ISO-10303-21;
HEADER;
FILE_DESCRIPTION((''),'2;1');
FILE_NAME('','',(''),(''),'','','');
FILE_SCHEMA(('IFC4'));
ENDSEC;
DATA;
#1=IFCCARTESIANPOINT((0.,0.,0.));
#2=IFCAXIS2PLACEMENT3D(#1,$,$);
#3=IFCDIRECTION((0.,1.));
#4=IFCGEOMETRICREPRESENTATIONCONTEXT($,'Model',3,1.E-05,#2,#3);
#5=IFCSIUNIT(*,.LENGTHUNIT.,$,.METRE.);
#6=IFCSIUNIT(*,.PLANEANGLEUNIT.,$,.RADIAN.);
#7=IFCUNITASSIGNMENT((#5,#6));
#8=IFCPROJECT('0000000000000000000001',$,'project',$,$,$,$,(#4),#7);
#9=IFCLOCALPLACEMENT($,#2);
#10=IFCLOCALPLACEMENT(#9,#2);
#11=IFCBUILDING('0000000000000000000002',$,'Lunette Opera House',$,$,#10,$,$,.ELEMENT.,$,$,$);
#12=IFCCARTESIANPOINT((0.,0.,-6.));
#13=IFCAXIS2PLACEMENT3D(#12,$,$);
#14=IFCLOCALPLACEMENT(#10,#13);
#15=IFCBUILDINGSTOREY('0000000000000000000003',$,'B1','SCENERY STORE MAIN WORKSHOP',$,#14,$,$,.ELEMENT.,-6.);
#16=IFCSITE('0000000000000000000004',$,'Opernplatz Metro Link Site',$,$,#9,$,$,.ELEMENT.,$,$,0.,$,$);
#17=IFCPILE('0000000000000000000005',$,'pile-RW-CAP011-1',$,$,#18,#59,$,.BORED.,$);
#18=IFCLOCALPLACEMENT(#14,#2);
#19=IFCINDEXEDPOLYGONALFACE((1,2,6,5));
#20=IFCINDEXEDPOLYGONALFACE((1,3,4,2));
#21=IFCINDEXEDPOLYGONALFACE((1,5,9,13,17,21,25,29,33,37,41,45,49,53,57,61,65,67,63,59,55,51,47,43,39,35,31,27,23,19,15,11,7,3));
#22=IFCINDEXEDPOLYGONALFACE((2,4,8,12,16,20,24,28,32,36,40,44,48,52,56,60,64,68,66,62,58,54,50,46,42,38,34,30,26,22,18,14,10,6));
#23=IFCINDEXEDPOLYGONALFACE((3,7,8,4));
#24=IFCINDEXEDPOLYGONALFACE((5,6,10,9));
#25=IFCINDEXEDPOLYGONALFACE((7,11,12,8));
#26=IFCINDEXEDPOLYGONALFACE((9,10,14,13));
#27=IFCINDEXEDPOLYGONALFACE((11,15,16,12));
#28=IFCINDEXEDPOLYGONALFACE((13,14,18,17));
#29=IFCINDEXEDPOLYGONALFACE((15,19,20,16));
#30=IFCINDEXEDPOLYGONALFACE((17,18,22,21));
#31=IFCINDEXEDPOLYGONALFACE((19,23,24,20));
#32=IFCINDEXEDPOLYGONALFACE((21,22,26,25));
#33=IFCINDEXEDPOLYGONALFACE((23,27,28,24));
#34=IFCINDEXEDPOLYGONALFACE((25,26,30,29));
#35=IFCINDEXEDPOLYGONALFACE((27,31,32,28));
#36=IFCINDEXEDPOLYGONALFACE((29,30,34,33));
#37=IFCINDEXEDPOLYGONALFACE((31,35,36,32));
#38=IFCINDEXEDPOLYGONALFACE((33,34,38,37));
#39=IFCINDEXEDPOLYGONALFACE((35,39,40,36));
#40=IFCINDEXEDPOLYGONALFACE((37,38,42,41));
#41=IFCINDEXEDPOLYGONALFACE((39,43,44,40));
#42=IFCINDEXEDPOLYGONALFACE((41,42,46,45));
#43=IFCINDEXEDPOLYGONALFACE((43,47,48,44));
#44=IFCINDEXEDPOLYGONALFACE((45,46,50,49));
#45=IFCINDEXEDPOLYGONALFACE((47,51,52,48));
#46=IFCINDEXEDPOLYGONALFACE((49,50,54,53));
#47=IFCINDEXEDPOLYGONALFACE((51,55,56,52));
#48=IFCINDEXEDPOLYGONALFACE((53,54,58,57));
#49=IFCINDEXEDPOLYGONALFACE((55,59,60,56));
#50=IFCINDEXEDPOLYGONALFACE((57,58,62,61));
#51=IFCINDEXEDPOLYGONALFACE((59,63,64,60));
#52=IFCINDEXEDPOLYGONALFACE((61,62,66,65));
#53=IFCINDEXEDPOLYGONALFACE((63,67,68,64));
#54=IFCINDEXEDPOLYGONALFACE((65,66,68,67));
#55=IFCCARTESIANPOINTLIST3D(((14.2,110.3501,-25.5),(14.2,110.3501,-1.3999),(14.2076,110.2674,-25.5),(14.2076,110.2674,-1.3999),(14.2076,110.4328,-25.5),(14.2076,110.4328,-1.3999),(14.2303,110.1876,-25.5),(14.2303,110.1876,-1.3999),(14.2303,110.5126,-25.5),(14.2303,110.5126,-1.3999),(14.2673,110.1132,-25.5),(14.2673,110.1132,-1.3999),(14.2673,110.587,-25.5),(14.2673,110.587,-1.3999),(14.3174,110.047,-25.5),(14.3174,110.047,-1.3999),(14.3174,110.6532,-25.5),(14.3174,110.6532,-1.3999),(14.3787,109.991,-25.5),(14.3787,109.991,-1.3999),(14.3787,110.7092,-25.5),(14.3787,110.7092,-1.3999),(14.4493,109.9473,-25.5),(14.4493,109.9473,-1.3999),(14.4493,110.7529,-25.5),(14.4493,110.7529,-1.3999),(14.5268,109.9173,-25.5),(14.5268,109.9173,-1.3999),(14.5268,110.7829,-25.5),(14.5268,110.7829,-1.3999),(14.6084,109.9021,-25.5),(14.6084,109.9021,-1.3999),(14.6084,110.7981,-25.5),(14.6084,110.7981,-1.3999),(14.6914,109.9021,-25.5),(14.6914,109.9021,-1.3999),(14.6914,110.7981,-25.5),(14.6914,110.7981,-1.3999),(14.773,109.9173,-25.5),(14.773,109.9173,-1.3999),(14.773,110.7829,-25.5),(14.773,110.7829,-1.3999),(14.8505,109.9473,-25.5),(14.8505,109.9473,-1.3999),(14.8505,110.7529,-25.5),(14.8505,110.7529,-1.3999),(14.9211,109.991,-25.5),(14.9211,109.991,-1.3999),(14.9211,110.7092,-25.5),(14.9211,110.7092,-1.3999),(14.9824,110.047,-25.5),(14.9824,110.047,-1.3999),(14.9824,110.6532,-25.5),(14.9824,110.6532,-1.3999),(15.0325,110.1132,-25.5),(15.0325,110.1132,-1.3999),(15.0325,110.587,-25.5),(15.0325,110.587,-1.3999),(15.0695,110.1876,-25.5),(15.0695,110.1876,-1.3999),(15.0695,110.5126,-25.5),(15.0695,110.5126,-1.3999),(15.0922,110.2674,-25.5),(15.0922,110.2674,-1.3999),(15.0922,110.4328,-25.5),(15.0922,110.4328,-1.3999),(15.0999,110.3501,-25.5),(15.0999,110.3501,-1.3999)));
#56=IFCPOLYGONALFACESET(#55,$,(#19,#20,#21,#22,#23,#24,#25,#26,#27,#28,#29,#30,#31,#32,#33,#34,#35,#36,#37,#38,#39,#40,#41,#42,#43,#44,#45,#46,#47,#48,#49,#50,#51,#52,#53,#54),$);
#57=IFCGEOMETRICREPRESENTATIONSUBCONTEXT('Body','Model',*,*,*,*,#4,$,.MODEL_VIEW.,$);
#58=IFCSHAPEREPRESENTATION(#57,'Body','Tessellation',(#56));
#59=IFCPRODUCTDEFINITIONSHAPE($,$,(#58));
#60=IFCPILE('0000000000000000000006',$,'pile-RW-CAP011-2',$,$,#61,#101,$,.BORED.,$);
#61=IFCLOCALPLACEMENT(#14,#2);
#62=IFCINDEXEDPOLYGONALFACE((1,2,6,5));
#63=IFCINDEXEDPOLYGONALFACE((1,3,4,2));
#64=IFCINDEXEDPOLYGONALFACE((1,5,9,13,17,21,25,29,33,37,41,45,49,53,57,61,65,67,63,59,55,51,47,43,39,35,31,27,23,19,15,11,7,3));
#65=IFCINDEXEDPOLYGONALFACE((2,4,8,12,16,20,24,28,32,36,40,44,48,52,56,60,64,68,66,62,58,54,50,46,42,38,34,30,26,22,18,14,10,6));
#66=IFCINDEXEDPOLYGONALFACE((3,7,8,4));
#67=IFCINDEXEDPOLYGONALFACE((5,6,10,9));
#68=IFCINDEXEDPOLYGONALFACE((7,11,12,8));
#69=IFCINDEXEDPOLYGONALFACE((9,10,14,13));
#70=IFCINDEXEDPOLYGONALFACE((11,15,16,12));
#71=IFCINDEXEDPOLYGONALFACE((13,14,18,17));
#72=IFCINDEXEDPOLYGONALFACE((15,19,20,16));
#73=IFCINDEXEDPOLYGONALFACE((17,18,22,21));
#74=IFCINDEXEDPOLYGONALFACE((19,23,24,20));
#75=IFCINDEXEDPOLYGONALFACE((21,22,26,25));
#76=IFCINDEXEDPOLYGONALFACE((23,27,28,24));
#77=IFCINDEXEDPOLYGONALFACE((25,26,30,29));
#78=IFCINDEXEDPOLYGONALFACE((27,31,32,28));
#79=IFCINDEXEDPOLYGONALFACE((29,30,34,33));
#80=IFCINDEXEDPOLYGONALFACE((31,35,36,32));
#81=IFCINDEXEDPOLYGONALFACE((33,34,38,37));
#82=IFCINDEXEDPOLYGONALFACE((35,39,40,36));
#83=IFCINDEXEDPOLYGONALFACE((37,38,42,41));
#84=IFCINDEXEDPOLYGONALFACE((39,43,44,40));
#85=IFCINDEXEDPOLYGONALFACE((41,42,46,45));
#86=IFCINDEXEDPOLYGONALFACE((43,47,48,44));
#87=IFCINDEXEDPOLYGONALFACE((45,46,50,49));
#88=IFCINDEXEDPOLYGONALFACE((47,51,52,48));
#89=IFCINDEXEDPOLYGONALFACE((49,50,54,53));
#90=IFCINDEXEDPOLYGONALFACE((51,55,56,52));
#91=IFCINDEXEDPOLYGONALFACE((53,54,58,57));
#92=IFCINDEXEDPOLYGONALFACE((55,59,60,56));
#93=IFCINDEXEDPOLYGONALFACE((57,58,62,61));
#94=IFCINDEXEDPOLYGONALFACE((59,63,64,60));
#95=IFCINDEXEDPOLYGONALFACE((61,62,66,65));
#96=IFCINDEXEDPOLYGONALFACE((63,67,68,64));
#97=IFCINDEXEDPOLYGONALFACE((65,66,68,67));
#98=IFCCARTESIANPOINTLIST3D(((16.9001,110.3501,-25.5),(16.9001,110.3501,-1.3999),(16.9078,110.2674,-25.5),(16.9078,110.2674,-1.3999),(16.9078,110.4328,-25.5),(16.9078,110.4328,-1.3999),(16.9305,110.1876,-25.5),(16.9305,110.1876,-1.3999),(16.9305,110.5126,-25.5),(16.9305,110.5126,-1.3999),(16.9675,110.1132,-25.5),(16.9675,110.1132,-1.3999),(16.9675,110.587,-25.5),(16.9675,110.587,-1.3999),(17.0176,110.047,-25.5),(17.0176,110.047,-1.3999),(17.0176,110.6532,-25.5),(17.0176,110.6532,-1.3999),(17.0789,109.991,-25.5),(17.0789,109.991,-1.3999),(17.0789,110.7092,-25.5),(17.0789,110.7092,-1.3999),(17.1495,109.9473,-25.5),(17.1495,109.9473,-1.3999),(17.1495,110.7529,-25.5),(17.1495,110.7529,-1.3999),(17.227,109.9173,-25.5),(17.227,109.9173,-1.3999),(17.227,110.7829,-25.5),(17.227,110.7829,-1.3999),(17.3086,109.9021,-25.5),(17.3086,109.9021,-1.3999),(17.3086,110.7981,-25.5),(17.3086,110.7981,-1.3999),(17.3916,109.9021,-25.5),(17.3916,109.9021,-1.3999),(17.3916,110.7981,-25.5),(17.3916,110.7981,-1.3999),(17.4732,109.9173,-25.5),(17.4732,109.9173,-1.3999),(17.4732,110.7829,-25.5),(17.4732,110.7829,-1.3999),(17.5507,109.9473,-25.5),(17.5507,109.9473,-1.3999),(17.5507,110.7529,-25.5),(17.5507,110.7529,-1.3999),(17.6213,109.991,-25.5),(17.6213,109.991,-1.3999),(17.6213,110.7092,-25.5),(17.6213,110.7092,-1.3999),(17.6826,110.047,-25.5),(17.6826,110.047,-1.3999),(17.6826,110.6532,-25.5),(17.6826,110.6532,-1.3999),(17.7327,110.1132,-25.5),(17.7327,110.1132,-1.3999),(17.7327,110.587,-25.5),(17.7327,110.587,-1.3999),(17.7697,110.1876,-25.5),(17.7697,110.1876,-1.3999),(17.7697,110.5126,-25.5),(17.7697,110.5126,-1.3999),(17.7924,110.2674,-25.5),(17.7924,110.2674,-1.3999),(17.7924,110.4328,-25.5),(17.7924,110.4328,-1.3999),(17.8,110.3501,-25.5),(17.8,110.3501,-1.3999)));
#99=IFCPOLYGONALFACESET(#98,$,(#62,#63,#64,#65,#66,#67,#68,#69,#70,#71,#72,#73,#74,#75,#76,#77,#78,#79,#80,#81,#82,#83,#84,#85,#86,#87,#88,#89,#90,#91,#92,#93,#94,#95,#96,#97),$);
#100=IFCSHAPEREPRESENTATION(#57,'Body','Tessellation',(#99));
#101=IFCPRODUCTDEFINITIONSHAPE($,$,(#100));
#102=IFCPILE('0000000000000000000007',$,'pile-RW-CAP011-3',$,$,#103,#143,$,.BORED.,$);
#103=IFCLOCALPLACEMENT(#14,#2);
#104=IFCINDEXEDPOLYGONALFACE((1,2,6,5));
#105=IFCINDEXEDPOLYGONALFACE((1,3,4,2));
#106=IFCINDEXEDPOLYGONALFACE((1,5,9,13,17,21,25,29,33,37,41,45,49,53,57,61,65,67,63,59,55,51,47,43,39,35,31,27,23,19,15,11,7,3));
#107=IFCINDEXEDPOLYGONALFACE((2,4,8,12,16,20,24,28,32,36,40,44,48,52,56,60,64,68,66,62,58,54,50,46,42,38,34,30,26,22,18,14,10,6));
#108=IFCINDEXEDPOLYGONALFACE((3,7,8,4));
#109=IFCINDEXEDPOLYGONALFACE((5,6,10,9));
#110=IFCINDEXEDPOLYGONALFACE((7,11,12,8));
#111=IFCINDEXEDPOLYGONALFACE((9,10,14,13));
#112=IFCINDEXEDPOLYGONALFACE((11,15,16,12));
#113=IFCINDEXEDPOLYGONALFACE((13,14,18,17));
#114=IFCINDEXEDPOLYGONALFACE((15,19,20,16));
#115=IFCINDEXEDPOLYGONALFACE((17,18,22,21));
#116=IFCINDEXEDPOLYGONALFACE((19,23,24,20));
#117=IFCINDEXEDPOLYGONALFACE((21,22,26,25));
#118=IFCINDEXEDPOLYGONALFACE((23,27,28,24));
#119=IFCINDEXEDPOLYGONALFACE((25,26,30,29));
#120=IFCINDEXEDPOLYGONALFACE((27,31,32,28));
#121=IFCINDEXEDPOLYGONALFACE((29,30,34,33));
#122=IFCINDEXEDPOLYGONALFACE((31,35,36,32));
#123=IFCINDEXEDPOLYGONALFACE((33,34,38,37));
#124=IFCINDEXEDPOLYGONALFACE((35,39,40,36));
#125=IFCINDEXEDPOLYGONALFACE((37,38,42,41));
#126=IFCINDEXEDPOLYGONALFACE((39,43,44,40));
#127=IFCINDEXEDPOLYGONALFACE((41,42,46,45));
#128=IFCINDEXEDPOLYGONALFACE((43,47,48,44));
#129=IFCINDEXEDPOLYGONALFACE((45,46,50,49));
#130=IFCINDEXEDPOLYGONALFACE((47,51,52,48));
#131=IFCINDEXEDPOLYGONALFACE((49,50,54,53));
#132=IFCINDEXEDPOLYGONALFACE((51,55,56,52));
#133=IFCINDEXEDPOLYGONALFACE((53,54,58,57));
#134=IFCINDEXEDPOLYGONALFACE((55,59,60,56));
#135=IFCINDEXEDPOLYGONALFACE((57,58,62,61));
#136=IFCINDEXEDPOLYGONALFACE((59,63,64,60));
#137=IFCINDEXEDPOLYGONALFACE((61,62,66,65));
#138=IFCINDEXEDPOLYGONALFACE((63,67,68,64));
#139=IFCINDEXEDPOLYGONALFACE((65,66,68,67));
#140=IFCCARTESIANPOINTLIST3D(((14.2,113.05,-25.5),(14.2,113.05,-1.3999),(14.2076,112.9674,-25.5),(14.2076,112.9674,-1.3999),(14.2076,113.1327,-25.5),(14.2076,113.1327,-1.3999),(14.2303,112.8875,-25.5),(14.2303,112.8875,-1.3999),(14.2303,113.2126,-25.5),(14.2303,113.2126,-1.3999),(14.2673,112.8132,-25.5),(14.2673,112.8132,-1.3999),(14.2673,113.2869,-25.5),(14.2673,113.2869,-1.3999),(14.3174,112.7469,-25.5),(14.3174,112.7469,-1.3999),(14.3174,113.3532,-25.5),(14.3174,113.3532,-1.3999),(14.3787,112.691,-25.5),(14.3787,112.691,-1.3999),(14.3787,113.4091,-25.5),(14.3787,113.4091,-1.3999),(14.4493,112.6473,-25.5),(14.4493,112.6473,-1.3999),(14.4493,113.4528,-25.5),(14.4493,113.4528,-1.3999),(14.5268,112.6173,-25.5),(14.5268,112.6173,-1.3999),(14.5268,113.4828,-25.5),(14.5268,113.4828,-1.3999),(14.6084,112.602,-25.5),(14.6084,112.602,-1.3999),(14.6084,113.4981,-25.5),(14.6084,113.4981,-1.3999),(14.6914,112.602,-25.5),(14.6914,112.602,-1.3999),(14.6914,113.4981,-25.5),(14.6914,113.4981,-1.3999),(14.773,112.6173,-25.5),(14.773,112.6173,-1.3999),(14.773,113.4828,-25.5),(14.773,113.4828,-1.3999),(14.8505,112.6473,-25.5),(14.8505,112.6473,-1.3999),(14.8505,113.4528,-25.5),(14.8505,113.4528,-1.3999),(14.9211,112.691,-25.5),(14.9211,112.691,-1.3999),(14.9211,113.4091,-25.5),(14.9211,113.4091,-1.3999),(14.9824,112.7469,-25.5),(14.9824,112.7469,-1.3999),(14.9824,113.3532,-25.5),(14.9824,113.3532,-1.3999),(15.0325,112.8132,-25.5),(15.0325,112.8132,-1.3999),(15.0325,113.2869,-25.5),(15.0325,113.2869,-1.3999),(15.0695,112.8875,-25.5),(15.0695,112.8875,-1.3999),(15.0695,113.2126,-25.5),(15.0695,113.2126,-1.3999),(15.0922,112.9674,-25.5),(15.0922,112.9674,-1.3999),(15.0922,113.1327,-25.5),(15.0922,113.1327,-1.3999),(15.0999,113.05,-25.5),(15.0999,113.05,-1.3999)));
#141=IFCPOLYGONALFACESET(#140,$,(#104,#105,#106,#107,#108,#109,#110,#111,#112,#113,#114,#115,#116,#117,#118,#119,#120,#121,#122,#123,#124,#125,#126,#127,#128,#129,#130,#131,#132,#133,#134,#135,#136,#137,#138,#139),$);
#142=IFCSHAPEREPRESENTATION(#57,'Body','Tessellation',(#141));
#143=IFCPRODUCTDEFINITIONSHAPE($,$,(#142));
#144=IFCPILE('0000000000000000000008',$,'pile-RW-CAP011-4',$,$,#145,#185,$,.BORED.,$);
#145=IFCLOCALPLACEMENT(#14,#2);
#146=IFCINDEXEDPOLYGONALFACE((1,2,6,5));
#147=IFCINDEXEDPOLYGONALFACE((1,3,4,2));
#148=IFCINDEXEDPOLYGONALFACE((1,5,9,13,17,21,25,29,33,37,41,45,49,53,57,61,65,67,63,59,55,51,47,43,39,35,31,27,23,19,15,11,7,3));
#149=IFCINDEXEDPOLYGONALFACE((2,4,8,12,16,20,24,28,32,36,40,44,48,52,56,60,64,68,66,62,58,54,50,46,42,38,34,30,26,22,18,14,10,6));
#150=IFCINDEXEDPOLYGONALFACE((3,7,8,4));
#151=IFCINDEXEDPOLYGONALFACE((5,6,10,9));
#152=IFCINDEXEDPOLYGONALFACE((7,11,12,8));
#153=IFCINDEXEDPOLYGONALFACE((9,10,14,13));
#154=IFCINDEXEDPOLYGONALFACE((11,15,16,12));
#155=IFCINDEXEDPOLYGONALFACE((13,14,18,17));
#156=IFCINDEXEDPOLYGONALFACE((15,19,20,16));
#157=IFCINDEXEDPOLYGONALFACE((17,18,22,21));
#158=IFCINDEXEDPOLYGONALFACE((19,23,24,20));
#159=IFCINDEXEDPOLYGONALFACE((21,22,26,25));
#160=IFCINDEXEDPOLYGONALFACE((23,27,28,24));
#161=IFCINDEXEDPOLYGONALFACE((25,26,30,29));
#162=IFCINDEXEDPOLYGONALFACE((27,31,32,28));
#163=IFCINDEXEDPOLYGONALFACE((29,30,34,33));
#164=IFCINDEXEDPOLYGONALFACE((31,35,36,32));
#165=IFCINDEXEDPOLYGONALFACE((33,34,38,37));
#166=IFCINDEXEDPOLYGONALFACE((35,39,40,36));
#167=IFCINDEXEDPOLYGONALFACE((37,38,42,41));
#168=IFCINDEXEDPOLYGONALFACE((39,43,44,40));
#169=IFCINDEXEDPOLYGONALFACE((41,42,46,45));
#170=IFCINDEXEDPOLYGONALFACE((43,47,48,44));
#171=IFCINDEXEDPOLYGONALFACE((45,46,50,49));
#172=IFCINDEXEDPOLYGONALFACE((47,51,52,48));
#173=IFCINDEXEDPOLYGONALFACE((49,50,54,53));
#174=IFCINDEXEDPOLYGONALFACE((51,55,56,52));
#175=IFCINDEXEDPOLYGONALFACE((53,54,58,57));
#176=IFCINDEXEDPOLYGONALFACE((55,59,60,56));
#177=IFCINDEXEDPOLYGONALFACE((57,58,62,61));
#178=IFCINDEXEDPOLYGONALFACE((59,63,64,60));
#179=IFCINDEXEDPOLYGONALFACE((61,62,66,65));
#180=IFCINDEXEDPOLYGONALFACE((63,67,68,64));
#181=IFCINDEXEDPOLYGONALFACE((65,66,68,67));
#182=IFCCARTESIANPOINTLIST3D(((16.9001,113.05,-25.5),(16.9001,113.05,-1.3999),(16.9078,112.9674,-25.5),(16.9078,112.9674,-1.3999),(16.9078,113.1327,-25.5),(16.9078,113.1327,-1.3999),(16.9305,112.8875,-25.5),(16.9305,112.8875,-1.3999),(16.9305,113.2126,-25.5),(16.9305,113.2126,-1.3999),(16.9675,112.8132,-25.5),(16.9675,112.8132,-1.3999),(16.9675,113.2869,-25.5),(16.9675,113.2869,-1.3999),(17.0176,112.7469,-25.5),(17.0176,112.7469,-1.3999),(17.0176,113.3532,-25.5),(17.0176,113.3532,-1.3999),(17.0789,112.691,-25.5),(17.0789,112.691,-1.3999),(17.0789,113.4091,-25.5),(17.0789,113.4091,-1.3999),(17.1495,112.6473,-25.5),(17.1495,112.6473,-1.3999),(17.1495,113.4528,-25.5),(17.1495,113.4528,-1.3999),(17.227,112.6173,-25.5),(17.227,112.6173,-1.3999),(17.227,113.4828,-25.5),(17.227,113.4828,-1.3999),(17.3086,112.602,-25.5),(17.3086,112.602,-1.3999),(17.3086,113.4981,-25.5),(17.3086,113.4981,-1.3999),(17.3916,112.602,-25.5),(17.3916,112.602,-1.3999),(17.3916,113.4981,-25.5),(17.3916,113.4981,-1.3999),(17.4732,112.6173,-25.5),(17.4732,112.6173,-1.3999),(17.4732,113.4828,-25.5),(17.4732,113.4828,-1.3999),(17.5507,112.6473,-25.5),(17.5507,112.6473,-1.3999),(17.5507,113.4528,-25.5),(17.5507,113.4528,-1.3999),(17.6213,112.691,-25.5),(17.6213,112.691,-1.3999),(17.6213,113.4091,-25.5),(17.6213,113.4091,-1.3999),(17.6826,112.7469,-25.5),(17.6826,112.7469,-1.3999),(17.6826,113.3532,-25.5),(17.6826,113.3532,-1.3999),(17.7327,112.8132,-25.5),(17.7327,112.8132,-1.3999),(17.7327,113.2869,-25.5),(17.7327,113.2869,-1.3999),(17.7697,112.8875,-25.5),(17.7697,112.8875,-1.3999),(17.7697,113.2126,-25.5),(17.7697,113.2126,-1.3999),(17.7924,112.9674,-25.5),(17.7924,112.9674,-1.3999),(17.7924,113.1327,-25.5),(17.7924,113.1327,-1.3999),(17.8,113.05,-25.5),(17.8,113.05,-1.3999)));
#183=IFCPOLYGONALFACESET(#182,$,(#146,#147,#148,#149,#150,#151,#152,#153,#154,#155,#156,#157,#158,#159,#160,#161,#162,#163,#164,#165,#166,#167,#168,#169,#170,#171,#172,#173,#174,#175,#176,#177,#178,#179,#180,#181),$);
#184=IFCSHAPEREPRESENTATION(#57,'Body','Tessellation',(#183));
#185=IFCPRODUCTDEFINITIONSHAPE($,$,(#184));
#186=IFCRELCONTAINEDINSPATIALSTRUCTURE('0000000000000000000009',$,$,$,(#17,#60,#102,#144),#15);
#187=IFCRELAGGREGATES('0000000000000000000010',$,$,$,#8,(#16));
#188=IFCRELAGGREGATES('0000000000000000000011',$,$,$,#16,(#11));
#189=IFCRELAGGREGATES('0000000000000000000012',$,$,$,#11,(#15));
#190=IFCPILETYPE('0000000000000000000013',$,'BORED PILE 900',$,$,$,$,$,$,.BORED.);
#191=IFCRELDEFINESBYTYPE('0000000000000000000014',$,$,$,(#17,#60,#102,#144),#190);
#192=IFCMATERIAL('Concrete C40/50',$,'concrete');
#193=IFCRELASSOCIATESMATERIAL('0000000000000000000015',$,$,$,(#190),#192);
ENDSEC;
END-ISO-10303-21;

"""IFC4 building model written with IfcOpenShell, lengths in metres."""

from ifc_helpers import new_model, si_unit, direction, frame, origin, origin_2d, place, context, subcontext, project, spatial, circle, extrude, material, material_profile, profile_set, type_object, element, save


model = new_model("IFC4")

# Units and contexts
model_context = context("Model", 3, precision=1e-05, world=origin(), true_north=direction((0.0, 1.0)))
body_context = subcontext(model_context, "Body", "Model", "MODEL_VIEW")
ifc_project = project(units=[si_unit("LENGTHUNIT", "METRE"), si_unit("PLANEANGLEUNIT", "RADIAN")], contexts=[model_context])

# Site, building, storey
site_placement = place(None, origin())
site = spatial("IfcSite", under=ifc_project, at=site_placement, Name="Opernplatz Metro Link Site", CompositionType="ELEMENT", RefElevation=0.0)
building_placement = place(site_placement, origin())
building = spatial("IfcBuilding", under=site, at=building_placement, Name="Lunette Opera House", CompositionType="ELEMENT")
storey_placement = place(building_placement, frame((0.0, 0.0, -6.0)))
storey = spatial("IfcBuildingStorey", under=building, at=storey_placement, Name="B1", Description="SCENERY STORE MAIN WORKSHOP", CompositionType="ELEMENT", Elevation=-6.0)

# Piles
ifc_material_1 = material(Name="Concrete C40/50", Category="concrete")
ifc_material_profile_1 = material_profile(ifc_material_1, circle(Radius=0.45, at=origin_2d()), Name="BORED PILE 900")
ifc_profile_set_1 = profile_set([ifc_material_profile_1], Name="Concrete C40/50")
pile_type = type_object("IfcPileType", Name="BORED PILE 900", PredefinedType="BORED", material=ifc_profile_set_1)
for number, where, z_axis, x_axis, name in (
    (1, (14.6499, 110.3501, -1.3999), (0.0, 0.0, -1.0), (1.0, 0.0, 0.0), "pile-RW-CAP011-1"),
    (2, (17.3501, 110.3501, -1.3999), (0.0, 0.0, -1.0), (1.0, 0.0, 0.0), "pile-RW-CAP011-2"),
    (3, (14.6499, 113.05, -1.3999), (0.0, 0.0, -1.0), (1.0, 0.0, 0.0), "pile-RW-CAP011-3"),
    (4, (17.3501, 113.05, -1.3999), (0.0, 0.0, -1.0), (1.0, 0.0, 0.0), "pile-RW-CAP011-4"),
):
    element("IfcPile", number, at=place(storey_placement, frame(where, z_axis=z_axis, x_axis=x_axis)), inside=storey, type_object=pile_type, Name=name, PredefinedType="BORED", context=body_context, shape_type="SweptSolid", body=[
        extrude(circle(Radius=0.45, at=origin_2d()), origin(), (0.0, 0.0, 1.0), 24.1001),
    ])

save(model, "model.ifc")
